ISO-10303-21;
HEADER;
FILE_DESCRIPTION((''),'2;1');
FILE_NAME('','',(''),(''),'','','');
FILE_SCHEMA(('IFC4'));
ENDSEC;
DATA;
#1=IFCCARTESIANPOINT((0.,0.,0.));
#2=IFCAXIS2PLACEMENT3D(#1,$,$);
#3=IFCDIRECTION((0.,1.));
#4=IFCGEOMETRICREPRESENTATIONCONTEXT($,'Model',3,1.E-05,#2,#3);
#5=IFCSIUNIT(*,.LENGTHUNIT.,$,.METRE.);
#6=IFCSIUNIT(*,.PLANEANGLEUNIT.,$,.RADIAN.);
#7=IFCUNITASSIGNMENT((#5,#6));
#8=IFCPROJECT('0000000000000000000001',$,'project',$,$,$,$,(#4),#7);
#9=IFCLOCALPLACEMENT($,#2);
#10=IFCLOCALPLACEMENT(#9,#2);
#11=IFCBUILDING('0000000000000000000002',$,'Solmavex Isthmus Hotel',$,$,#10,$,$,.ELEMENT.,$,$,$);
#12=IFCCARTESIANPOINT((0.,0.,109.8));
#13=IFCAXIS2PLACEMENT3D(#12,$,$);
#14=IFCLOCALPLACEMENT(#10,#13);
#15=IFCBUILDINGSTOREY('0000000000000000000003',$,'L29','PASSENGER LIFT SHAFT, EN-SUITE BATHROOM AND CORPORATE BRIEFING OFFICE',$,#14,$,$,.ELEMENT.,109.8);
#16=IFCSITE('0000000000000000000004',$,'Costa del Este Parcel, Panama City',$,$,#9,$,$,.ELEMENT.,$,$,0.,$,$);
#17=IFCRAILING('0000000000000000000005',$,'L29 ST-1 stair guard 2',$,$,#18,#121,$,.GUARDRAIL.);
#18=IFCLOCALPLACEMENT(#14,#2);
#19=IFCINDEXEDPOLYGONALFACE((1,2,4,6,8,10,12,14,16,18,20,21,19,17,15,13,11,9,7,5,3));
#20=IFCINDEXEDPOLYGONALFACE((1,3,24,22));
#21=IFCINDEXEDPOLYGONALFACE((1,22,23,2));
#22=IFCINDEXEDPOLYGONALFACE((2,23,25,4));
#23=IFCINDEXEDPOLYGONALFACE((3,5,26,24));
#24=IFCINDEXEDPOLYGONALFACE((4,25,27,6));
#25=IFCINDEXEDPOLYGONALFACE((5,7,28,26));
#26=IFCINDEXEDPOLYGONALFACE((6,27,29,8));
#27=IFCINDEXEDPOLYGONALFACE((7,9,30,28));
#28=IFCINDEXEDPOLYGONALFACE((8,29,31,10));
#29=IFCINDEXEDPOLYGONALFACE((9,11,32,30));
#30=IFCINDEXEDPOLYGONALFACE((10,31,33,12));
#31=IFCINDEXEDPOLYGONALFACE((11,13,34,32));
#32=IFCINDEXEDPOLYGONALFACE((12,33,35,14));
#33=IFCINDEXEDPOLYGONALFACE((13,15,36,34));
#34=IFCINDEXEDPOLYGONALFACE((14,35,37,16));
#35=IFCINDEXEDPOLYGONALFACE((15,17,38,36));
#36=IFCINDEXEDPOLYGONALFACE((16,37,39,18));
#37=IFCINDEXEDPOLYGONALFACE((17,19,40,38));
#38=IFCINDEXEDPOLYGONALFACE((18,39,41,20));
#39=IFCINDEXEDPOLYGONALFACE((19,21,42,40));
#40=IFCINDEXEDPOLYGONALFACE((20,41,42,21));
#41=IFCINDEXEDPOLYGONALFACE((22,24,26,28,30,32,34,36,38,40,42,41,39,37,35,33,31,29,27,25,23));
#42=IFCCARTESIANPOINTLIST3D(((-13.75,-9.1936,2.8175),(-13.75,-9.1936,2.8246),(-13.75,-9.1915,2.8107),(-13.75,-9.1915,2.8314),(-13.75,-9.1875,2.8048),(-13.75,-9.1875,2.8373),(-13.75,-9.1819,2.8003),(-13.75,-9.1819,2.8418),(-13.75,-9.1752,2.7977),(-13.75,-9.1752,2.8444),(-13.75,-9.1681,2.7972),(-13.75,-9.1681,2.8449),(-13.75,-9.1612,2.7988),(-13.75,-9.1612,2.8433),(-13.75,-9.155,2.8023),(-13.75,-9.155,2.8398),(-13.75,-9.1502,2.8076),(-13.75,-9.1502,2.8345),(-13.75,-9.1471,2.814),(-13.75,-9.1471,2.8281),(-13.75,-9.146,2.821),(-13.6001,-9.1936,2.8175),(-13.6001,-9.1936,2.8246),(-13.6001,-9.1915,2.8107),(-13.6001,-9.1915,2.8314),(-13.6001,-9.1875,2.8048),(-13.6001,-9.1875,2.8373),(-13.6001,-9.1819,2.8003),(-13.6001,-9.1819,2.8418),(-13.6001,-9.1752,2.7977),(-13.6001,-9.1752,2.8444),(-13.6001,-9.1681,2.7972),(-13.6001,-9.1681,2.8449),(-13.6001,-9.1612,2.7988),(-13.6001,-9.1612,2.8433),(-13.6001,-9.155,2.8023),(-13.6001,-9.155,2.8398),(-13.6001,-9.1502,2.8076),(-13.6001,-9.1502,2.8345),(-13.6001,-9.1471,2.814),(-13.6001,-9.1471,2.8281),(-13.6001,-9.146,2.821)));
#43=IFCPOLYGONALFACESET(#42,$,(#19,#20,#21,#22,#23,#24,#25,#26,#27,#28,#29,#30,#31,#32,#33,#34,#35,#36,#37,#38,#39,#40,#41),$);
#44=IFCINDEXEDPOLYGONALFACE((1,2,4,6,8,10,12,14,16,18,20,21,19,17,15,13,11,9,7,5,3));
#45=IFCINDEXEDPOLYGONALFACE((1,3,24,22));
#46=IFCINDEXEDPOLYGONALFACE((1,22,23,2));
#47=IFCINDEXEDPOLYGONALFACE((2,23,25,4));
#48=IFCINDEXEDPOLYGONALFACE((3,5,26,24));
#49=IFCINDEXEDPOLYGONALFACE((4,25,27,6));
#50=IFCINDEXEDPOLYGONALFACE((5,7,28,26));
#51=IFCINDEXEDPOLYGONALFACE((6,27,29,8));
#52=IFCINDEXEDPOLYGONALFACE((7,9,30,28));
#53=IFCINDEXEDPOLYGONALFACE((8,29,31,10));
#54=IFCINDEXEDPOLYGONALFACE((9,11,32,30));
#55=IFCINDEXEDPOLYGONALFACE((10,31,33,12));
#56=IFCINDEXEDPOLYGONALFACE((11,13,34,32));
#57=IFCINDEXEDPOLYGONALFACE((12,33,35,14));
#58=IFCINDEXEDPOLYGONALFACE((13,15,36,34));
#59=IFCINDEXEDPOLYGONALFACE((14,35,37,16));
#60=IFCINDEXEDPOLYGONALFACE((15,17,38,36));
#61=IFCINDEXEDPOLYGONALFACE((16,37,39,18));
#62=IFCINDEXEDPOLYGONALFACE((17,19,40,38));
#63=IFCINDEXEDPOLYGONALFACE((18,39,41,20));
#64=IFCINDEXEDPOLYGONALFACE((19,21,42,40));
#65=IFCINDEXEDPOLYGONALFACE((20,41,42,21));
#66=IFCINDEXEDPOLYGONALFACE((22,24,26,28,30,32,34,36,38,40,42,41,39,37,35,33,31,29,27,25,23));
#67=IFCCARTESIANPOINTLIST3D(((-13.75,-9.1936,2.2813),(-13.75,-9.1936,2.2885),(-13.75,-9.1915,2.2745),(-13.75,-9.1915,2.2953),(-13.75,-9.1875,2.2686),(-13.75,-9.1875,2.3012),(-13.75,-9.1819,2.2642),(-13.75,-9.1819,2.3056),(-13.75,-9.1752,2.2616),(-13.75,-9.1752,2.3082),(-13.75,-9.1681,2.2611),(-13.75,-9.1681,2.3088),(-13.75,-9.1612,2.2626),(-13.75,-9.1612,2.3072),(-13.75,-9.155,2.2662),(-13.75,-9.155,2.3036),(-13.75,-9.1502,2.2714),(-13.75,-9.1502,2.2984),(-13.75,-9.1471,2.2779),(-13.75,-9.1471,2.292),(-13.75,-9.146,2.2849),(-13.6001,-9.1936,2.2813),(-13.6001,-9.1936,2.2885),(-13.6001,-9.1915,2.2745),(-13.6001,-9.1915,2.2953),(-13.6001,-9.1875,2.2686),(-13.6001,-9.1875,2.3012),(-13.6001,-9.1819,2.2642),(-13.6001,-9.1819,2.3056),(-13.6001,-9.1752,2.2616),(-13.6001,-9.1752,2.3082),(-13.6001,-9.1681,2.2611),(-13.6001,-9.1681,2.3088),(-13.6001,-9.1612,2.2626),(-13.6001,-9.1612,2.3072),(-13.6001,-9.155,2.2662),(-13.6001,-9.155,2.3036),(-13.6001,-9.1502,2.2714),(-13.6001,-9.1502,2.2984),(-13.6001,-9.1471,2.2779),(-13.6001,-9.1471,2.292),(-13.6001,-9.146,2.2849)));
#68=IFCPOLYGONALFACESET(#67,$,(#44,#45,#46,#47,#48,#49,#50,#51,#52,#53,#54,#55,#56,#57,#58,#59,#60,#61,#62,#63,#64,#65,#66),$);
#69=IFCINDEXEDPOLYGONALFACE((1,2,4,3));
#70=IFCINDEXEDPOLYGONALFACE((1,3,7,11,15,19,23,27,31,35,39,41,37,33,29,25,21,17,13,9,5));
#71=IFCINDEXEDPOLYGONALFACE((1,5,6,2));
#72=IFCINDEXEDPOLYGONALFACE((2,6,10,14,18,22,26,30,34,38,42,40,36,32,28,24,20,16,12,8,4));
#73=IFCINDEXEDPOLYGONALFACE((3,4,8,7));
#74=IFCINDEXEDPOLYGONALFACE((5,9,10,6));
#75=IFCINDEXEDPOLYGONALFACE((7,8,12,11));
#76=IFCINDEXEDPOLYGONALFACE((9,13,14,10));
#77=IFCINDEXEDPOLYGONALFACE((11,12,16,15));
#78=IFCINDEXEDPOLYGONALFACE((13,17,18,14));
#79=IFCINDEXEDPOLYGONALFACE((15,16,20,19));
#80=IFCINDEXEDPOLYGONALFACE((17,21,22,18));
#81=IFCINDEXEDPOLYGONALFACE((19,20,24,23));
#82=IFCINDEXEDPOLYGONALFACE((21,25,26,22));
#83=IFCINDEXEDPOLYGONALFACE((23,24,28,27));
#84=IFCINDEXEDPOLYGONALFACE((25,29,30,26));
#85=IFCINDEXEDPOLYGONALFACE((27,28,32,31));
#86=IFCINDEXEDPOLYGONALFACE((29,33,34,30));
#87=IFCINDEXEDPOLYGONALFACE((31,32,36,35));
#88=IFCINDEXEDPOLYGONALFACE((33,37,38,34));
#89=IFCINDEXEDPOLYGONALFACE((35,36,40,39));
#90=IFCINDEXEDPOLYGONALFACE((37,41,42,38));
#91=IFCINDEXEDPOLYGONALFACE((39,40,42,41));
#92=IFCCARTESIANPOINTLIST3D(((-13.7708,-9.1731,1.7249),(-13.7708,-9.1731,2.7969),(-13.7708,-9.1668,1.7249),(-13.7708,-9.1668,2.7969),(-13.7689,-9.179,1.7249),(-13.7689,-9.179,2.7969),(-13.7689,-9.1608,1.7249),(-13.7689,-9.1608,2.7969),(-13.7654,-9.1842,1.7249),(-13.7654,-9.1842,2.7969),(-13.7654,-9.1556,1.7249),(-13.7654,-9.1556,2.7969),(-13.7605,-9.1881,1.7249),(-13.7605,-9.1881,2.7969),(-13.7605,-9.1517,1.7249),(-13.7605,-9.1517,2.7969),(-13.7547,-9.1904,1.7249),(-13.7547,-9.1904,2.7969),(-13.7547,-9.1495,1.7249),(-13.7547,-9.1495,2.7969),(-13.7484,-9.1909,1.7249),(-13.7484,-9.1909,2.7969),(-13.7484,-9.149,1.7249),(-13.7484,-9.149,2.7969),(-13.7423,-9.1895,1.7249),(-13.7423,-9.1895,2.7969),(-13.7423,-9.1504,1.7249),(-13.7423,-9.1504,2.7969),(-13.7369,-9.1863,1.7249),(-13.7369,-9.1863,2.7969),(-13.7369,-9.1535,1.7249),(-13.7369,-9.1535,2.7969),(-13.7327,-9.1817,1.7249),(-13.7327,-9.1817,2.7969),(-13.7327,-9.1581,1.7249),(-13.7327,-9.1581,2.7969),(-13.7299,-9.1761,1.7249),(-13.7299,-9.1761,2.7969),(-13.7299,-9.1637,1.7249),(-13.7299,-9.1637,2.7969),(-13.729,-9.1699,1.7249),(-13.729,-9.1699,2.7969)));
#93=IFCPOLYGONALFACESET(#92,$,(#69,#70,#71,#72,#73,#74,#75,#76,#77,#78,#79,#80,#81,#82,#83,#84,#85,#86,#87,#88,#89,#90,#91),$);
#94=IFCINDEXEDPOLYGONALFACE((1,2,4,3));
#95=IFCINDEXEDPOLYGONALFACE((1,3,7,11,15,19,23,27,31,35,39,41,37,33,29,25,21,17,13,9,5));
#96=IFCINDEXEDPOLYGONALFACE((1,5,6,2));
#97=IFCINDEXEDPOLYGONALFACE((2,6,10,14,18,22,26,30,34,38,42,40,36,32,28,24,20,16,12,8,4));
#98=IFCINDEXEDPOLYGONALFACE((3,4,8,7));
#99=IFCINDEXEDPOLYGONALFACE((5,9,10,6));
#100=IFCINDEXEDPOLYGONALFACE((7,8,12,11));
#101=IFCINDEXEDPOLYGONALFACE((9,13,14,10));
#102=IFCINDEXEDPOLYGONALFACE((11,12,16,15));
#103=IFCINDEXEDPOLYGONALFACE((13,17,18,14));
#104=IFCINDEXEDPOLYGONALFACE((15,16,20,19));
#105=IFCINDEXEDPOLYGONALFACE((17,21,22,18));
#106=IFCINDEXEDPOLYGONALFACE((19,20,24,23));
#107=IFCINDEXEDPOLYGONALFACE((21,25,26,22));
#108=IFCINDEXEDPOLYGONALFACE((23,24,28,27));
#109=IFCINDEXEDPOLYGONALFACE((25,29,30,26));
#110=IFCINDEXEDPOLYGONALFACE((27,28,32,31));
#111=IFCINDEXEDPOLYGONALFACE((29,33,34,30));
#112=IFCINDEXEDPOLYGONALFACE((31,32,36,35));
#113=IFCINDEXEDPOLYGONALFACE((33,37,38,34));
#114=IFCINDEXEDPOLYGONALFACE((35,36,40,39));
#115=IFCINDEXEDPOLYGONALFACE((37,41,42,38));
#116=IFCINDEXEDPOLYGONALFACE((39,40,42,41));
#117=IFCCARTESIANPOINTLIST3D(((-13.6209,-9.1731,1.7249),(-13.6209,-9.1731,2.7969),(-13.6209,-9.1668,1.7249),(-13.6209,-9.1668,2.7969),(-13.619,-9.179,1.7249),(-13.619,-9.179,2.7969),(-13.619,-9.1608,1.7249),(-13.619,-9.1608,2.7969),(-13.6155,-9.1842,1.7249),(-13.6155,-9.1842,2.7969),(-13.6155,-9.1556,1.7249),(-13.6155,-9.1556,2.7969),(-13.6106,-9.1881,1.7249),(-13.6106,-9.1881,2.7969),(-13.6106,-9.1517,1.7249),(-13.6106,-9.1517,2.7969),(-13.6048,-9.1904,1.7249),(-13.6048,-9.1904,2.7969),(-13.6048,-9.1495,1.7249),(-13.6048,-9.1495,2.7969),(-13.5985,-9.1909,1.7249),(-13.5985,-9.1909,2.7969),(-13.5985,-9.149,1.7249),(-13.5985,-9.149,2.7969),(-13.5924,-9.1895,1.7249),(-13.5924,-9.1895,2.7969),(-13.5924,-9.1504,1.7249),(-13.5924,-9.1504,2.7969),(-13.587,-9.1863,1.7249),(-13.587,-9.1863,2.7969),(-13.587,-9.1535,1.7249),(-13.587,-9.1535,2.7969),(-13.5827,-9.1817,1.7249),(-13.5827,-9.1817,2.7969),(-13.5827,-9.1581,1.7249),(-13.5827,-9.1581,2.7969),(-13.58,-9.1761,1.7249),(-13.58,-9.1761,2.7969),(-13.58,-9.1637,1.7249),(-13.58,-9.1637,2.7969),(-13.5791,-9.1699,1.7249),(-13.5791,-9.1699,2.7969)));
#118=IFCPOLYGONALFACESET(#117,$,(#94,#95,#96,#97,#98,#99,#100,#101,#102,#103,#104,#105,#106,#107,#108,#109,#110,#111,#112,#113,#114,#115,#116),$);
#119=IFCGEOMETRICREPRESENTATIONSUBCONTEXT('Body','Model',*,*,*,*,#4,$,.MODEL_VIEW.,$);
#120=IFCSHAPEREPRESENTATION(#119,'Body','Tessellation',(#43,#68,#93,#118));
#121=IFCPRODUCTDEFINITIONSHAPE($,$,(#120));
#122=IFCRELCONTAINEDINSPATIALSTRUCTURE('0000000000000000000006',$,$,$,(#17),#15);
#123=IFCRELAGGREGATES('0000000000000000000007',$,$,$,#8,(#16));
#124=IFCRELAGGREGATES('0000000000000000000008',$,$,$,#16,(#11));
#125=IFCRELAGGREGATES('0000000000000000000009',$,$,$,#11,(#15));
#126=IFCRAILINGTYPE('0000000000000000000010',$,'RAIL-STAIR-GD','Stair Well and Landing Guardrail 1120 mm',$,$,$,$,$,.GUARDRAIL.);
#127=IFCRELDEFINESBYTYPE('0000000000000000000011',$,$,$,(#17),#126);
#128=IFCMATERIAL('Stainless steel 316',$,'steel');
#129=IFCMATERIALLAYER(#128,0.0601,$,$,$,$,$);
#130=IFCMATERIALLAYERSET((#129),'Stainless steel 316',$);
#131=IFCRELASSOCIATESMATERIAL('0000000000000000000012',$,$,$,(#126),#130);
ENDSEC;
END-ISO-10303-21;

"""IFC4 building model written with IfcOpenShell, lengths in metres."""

from ifc_helpers import new_model, si_unit, direction, frame, origin, origin_2d, place, context, subcontext, project, spatial, circle, extrude, material, layer, layer_set, type_object, element, save


model = new_model("IFC4")

# Units and contexts
model_context = context("Model", 3, precision=1e-05, world=origin(), true_north=direction((0.0, 1.0)))
body_context = subcontext(model_context, "Body", "Model", "MODEL_VIEW")
ifc_project = project(units=[si_unit("LENGTHUNIT", "METRE"), si_unit("PLANEANGLEUNIT", "RADIAN")], contexts=[model_context])

# Site, building, storey
site_placement = place(None, origin())
site = spatial("IfcSite", under=ifc_project, at=site_placement, Name="Costa del Este Parcel, Panama City", CompositionType="ELEMENT", RefElevation=0.0)
building_placement = place(site_placement, origin())
building = spatial("IfcBuilding", under=site, at=building_placement, Name="Solmavex Isthmus Hotel", CompositionType="ELEMENT")
storey_placement = place(building_placement, frame((0.0, 0.0, 109.8)))
storey = spatial("IfcBuildingStorey", under=building, at=storey_placement, Name="L29", Description="PASSENGER LIFT SHAFT, EN-SUITE BATHROOM AND CORPORATE BRIEFING OFFICE", CompositionType="ELEMENT", Elevation=109.8)

# Shared definitions
ifc_material_1 = material(Name="Stainless steel 316", Category="steel")

# Railing
ifc_layer_1 = layer(ifc_material_1, 0.0601)
ifc_layer_set_1 = layer_set([ifc_layer_1], Name="Stainless steel 316")
railing_type_1 = type_object("IfcRailingType", Name="RAIL-STAIR-GD", Description="Stair Well and Landing Guardrail 1120 mm", PredefinedType="GUARDRAIL", material=ifc_layer_set_1)
railing_1_placement = place(storey_placement, frame((-13.75, -9.1699, 1.7249)))
element("IfcRailing", 1, at=railing_1_placement, inside=storey, type_object=railing_type_1, Name="L29 ST-1 stair guard 2", PredefinedType="GUARDRAIL", context=body_context, shape_type="SweptSolid", body=[
    extrude(circle(Radius=0.0239, at=origin_2d()), frame((0.0, 0.0, 1.0962), z_axis=(1.0, 0.0, 0.0), x_axis=(0.0, 1.0, 0.0)), (0.0, 0.0, 1.0), 0.1499),
    extrude(circle(Radius=0.0239, at=origin_2d()), frame((0.0, 0.0, 0.5601), z_axis=(1.0, 0.0, 0.0), x_axis=(0.0, 1.0, 0.0)), (0.0, 0.0, 1.0), 0.1499),
    extrude(circle(Radius=0.021, at=origin_2d()), origin(), (0.0, 0.0, 1.0), 1.072),
    extrude(circle(Radius=0.021, at=origin_2d()), frame((0.1499, 0.0, 0.0)), (0.0, 0.0, 1.0), 1.072),
])

save(model, "model.ifc")
